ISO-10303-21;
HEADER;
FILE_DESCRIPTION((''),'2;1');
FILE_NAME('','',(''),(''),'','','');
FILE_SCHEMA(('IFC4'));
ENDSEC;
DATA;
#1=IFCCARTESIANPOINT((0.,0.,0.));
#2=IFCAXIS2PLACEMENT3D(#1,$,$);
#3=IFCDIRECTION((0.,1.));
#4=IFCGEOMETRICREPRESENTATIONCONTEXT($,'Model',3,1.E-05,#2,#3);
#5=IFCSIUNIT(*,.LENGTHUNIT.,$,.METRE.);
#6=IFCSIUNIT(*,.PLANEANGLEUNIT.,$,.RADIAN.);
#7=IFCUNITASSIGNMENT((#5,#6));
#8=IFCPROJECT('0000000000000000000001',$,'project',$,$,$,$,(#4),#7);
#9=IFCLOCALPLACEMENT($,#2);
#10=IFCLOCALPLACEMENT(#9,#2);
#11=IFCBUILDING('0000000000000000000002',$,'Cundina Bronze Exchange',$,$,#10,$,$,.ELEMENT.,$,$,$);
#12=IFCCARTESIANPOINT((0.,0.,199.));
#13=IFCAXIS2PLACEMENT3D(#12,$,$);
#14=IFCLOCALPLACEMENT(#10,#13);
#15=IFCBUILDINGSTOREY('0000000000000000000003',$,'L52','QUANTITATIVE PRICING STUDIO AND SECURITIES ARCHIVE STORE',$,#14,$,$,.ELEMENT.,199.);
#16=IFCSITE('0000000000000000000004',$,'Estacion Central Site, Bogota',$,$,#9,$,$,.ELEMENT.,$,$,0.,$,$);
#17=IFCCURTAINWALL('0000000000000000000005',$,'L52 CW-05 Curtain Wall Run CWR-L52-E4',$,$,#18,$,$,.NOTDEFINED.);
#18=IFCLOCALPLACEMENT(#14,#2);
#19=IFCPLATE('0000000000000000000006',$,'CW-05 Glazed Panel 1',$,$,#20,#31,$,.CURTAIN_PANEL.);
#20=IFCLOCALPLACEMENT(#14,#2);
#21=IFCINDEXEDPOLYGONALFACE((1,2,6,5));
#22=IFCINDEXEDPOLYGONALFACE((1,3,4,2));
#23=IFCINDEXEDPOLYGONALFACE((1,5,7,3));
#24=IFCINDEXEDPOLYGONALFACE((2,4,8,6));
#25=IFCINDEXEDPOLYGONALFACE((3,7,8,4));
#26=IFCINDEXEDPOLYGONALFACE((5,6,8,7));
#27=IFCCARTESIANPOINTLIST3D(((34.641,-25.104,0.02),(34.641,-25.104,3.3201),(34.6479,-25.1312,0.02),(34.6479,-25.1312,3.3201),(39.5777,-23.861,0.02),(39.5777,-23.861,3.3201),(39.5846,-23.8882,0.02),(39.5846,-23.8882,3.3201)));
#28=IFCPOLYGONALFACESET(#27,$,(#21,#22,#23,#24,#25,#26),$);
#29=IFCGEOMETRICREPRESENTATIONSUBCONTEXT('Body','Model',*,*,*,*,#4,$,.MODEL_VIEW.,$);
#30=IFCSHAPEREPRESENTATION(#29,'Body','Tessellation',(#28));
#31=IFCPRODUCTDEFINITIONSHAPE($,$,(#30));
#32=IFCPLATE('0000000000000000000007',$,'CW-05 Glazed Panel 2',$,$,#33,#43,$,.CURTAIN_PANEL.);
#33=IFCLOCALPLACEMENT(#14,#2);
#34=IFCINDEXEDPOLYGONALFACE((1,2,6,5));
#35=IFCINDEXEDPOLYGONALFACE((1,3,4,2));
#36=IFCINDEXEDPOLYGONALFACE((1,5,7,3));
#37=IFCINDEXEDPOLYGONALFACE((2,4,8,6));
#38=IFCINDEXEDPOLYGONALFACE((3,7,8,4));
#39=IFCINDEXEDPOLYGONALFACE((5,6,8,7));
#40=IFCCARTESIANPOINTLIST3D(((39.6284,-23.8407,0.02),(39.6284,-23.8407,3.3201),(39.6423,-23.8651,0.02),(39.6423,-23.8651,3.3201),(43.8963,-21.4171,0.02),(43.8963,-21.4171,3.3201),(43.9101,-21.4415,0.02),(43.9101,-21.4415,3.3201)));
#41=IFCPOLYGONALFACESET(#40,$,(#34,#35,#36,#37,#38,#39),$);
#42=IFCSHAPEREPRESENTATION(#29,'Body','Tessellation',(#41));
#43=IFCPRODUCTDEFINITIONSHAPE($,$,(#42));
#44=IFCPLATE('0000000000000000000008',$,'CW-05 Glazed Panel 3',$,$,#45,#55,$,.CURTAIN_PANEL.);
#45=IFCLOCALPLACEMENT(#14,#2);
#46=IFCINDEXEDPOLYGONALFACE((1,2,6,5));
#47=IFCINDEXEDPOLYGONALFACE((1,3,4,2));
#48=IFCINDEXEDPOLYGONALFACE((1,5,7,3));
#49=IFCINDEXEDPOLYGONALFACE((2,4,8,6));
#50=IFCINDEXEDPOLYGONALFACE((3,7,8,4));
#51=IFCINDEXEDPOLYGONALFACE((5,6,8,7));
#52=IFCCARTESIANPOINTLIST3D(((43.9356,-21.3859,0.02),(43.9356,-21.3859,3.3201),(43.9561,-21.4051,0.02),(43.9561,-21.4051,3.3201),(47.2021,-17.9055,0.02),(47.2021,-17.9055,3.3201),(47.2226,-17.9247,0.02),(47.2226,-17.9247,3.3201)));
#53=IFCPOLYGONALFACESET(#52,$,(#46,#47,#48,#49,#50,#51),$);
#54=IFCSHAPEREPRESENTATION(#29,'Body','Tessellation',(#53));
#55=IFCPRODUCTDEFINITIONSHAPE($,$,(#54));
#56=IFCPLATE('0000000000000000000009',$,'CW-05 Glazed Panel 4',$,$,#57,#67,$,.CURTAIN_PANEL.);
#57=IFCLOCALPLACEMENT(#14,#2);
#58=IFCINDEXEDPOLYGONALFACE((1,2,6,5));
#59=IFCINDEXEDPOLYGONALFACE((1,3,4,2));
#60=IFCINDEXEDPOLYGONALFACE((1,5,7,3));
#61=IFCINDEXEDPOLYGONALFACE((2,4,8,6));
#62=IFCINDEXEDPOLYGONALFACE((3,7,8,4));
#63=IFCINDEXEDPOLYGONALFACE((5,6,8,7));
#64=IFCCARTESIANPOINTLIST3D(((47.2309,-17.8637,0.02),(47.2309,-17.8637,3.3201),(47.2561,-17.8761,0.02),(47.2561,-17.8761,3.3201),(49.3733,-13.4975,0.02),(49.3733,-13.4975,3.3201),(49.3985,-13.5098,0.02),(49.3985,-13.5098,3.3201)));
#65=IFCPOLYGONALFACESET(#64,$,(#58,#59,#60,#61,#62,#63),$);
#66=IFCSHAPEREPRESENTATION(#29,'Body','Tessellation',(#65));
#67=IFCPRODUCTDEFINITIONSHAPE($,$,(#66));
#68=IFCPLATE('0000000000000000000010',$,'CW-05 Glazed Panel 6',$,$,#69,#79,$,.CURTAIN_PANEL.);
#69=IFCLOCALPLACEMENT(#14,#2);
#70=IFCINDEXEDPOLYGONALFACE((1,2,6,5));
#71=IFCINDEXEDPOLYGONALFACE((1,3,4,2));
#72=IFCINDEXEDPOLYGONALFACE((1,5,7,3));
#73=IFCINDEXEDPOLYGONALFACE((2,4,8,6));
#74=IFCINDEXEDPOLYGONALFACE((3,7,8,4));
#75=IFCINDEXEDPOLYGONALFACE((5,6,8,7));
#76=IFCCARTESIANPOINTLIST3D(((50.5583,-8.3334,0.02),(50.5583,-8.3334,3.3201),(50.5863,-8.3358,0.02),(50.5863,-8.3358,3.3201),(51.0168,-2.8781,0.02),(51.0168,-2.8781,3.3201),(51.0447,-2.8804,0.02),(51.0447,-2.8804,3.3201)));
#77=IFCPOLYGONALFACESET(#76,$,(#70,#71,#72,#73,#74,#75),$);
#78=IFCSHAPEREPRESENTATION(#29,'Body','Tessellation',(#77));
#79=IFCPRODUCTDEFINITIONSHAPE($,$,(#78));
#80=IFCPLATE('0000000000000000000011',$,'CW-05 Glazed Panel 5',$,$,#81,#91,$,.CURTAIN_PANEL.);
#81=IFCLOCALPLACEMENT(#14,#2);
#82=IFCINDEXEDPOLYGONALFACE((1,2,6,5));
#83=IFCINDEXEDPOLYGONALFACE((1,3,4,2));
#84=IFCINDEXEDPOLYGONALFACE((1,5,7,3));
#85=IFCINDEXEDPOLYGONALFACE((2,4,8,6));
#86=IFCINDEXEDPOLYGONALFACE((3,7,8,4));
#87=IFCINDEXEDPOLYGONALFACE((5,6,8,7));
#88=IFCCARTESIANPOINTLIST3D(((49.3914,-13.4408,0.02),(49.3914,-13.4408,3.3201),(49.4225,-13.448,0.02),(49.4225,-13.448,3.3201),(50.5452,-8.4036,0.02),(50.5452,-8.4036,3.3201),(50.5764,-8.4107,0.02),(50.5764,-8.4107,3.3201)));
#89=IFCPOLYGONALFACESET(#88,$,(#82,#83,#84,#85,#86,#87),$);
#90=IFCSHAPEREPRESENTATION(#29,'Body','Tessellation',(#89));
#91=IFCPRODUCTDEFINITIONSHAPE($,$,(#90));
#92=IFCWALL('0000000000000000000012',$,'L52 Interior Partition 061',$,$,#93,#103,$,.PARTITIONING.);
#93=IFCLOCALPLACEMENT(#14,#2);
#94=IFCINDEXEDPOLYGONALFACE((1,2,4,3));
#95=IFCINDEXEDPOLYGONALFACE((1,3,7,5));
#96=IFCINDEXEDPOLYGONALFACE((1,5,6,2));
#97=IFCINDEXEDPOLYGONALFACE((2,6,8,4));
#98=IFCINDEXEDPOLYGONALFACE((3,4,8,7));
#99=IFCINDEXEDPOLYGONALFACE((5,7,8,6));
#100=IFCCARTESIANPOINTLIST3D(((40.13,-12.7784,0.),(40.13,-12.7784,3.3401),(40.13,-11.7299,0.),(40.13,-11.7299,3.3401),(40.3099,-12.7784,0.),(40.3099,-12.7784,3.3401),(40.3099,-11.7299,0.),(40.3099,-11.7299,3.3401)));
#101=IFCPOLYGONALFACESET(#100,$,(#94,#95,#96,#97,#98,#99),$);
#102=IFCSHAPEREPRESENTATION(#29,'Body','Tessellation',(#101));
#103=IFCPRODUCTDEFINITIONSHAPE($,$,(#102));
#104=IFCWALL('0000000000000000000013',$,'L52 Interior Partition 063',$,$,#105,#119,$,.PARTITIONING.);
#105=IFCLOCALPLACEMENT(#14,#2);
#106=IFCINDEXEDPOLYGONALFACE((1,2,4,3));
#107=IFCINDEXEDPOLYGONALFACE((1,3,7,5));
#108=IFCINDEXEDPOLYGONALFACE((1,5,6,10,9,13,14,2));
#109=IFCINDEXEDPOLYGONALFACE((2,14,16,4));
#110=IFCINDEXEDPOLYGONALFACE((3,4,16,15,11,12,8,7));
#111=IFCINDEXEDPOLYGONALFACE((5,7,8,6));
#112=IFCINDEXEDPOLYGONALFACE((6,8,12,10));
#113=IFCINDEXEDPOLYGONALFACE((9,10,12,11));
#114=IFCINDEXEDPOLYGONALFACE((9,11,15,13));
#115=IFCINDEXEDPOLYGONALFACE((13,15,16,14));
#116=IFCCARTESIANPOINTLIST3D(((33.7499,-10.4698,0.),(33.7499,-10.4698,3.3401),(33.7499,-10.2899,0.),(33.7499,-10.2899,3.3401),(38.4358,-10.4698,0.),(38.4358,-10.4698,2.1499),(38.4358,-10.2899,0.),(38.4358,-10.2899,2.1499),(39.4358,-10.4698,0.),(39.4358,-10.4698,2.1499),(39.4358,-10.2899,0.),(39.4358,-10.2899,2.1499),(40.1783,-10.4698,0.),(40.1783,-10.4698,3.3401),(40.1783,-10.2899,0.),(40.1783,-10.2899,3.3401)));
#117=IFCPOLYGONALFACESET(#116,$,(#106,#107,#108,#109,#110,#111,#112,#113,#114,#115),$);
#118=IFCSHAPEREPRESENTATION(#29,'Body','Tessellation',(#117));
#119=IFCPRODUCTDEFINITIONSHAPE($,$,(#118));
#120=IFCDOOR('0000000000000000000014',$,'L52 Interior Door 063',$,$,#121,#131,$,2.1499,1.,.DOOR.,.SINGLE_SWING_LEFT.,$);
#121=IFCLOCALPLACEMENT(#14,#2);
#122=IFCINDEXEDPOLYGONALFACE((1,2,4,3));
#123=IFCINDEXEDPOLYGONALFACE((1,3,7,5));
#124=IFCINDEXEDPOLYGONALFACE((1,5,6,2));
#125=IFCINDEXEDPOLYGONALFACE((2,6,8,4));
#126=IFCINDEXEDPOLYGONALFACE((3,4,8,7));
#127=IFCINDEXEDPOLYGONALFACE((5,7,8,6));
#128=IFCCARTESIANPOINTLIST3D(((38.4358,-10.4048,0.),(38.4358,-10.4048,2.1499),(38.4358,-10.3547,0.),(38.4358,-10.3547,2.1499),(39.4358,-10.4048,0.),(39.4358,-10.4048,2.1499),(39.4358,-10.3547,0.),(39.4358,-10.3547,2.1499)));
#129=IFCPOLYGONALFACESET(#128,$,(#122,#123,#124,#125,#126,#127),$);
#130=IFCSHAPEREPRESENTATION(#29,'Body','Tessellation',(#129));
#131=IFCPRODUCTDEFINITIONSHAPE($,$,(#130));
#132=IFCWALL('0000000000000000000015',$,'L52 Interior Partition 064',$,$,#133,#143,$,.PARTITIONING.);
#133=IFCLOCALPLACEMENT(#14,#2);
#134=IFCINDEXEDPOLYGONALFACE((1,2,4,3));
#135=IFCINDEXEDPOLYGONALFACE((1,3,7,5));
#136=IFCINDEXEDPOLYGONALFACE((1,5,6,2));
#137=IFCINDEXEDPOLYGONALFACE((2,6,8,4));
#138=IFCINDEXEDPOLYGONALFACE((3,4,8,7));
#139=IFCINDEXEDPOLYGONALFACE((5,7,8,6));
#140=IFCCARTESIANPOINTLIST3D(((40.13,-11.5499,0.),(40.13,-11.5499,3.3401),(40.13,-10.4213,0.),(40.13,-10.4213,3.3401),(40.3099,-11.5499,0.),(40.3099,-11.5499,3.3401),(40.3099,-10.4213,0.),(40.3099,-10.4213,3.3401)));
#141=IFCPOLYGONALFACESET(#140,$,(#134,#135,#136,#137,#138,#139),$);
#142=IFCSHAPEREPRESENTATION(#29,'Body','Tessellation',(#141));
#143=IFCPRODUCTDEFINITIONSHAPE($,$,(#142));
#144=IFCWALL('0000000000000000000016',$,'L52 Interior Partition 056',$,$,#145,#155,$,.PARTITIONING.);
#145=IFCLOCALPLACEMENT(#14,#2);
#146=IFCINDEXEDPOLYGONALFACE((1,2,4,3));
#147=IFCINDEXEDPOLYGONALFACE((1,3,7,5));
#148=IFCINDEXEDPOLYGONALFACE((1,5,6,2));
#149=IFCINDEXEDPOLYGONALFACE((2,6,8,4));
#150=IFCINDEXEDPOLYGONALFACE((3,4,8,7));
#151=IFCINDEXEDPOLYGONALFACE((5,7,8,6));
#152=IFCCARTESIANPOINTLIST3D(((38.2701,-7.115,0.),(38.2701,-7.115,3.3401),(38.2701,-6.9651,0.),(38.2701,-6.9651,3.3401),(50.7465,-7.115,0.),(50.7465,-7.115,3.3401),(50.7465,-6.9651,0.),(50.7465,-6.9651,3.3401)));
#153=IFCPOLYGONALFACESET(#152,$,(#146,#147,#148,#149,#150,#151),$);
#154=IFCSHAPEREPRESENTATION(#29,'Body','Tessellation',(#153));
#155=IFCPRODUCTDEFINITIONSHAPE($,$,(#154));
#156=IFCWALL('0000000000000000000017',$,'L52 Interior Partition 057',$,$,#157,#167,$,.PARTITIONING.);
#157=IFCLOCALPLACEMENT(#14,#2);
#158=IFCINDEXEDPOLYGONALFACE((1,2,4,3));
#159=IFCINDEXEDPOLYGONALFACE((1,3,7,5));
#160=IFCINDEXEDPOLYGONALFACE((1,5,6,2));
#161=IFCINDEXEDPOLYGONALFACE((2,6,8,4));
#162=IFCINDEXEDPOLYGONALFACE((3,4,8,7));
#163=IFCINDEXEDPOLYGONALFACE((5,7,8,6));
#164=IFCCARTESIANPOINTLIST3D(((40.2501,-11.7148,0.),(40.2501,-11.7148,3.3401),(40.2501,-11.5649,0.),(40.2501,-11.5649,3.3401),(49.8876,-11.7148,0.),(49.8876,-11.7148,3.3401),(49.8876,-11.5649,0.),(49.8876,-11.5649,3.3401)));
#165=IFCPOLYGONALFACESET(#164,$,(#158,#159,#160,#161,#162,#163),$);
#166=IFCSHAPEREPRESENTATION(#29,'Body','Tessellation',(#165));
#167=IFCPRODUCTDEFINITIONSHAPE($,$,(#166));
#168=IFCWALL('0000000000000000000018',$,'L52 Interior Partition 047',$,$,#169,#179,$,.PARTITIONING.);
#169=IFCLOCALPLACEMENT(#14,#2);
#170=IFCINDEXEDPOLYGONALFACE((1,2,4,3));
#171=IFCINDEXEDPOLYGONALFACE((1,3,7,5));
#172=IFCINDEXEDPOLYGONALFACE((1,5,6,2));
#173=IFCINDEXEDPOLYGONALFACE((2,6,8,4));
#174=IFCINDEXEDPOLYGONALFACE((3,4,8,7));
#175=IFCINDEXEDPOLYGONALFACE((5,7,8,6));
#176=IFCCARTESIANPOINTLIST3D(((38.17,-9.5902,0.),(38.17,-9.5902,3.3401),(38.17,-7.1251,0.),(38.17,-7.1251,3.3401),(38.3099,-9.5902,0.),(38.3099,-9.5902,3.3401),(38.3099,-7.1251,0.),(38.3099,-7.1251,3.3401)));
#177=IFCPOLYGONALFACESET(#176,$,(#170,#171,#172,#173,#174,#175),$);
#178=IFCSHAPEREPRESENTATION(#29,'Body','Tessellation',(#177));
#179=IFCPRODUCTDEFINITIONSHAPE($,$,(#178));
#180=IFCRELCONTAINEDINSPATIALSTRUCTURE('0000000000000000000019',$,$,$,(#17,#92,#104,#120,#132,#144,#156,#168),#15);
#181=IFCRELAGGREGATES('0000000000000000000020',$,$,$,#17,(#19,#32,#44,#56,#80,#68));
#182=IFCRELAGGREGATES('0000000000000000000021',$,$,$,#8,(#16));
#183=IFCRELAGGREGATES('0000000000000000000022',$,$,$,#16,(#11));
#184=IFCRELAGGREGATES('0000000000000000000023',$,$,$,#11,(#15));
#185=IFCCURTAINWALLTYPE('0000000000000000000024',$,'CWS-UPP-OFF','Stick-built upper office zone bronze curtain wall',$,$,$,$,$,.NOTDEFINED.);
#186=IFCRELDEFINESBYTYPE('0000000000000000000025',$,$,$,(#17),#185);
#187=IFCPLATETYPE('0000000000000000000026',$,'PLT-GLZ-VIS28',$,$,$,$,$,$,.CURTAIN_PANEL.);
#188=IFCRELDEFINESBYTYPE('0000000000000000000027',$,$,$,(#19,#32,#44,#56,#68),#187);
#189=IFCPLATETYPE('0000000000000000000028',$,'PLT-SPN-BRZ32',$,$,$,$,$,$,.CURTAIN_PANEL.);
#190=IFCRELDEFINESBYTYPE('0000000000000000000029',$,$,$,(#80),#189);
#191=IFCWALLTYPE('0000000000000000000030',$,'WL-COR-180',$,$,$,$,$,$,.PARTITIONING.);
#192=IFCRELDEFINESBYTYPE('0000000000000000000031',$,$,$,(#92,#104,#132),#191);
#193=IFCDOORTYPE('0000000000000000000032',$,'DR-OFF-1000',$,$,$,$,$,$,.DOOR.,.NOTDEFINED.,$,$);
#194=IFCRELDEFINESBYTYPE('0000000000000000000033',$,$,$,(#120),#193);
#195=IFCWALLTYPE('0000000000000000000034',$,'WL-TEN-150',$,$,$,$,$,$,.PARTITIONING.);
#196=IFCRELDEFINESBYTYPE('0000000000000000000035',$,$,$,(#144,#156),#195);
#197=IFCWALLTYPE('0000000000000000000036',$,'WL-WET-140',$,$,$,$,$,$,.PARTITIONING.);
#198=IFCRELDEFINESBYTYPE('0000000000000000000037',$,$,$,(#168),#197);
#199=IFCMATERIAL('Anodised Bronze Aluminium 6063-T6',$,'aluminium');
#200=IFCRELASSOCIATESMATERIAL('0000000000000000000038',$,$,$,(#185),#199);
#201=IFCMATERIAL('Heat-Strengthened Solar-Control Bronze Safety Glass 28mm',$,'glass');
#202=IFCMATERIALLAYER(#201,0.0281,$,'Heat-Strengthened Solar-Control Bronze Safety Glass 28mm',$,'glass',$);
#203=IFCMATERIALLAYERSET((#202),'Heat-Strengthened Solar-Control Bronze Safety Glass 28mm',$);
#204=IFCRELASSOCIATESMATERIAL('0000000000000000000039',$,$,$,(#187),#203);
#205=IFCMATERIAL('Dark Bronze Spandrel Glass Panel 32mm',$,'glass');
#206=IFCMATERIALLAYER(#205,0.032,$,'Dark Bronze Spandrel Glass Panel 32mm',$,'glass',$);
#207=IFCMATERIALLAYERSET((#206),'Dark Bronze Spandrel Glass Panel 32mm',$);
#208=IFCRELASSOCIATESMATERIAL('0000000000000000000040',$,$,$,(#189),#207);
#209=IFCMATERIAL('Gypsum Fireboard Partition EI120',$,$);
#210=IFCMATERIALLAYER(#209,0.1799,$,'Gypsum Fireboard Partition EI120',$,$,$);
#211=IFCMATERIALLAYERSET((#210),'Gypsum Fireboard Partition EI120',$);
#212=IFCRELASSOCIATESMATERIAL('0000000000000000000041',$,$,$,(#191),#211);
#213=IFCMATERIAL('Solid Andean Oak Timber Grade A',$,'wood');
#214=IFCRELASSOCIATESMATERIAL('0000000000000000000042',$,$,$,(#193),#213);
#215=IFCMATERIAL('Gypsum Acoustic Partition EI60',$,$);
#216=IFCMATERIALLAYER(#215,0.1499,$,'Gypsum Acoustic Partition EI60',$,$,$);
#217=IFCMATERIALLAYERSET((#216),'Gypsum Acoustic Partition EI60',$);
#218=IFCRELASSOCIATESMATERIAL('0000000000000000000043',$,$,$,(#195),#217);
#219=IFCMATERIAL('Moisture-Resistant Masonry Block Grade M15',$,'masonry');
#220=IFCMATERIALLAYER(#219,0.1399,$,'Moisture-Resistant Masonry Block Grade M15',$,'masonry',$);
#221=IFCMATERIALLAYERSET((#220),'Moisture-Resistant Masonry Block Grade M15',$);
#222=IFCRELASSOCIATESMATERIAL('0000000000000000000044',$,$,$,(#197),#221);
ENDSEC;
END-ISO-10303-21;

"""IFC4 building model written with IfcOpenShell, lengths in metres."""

from ifc_helpers import new_model, si_unit, direction, frame, frame_2d, origin, origin_2d, place, context, subcontext, project, spatial, rectangle, extrude, material, layer, layer_set, type_object, element, fill, aggregate, save


model = new_model("IFC4")

# Units and contexts
model_context = context("Model", 3, precision=1e-05, world=origin(), true_north=direction((0.0, 1.0)))
body_context = subcontext(model_context, "Body", "Model", "MODEL_VIEW")
ifc_project = project(units=[si_unit("LENGTHUNIT", "METRE"), si_unit("PLANEANGLEUNIT", "RADIAN")], contexts=[model_context])

# Site, building, storey
site_placement = place(None, origin())
site = spatial("IfcSite", under=ifc_project, at=site_placement, Name="Estacion Central Site, Bogota", CompositionType="ELEMENT", RefElevation=0.0)
building_placement = place(site_placement, origin())
building = spatial("IfcBuilding", under=site, at=building_placement, Name="Cundina Bronze Exchange", CompositionType="ELEMENT")
storey_placement = place(building_placement, frame((0.0, 0.0, 199.0)))
storey = spatial("IfcBuildingStorey", under=building, at=storey_placement, Name="L52", Description="QUANTITATIVE PRICING STUDIO AND SECURITIES ARCHIVE STORE", CompositionType="ELEMENT", Elevation=199.0)

# Curtain wall, plates
ifc_material_1 = material(Name="Anodised Bronze Aluminium 6063-T6", Category="aluminium")
curtain_wall_type = type_object("IfcCurtainWallType", Name="CWS-UPP-OFF", Description="Stick-built upper office zone bronze curtain wall", PredefinedType="NOTDEFINED", material=ifc_material_1)
curtain_wall_placement = place(storey_placement, origin())
curtain_wall = element("IfcCurtainWall", 1, at=curtain_wall_placement, inside=storey, type_object=curtain_wall_type, Name="L52 CW-05 Curtain Wall Run CWR-L52-E4", PredefinedType="NOTDEFINED")
ifc_material_2 = material(Name="Heat-Strengthened Solar-Control Bronze Safety Glass 28mm", Category="glass")
ifc_layer_1 = layer(ifc_material_2, 0.0281, Name="Heat-Strengthened Solar-Control Bronze Safety Glass 28mm", Category="glass")
ifc_layer_set_1 = layer_set([ifc_layer_1], Name="Heat-Strengthened Solar-Control Bronze Safety Glass 28mm")
plate_type_1 = type_object("IfcPlateType", Name="PLT-GLZ-VIS28", PredefinedType="CURTAIN_PANEL", material=ifc_layer_set_1)
plate_1_placement = place(storey_placement, frame((37.1128, -24.4961, 0.02), z_axis=(0.0, 0.0, 1.0), x_axis=(0.969732, 0.244174, 0.0)))
plate_1 = element("IfcPlate", 2, at=plate_1_placement, type_object=plate_type_1, Name="CW-05 Glazed Panel 1", PredefinedType="CURTAIN_PANEL", context=body_context, shape_type="SweptSolid", body=[
    extrude(rectangle(XDim=5.0908, YDim=0.0281, at=origin_2d()), origin(), (0.0, 0.0, 1.0), 3.3),
])
plate_2_placement = place(storey_placement, frame((41.7693, -22.6411, 0.02), z_axis=(0.0, 0.0, 1.0), x_axis=(0.869573, 0.493805, 0.0)))
plate_2 = element("IfcPlate", 3, at=plate_2_placement, type_object=plate_type_1, Name="CW-05 Glazed Panel 2", PredefinedType="CURTAIN_PANEL", context=body_context, shape_type="SweptSolid", body=[
    extrude(rectangle(XDim=4.908, YDim=0.0281, at=origin_2d()), origin(), (0.0, 0.0, 1.0), 3.3),
])
plate_3_placement = place(storey_placement, frame((45.5791, -19.6553, 0.02), z_axis=(0.0, 0.0, 1.0), x_axis=(0.684344, 0.72916, 0.0)))
plate_3 = element("IfcPlate", 4, at=plate_3_placement, type_object=plate_type_1, Name="CW-05 Glazed Panel 3", PredefinedType="CURTAIN_PANEL", context=body_context, shape_type="SweptSolid", body=[
    extrude(rectangle(XDim=4.7732, YDim=0.0281, at=origin_2d()), origin(), (0.0, 0.0, 1.0), 3.3),
])
plate_4_placement = place(storey_placement, frame((48.3147, -15.6868, 0.02), z_axis=(0.0, 0.0, 1.0), x_axis=(0.440503, 0.897751, 0.0)))
plate_4 = element("IfcPlate", 5, at=plate_4_placement, type_object=plate_type_1, Name="CW-05 Glazed Panel 4", PredefinedType="CURTAIN_PANEL", context=body_context, shape_type="SweptSolid", body=[
    extrude(rectangle(XDim=4.8635, YDim=0.0281, at=origin_2d()), origin(), (0.0, 0.0, 1.0), 3.3),
])
plate_5_placement = place(storey_placement, frame((50.8015, -5.6069, 0.02), z_axis=(0.0, 0.0, 1.0), x_axis=(0.083747, 0.996487, 0.0)))
plate_5 = element("IfcPlate", 6, at=plate_5_placement, type_object=plate_type_1, Name="CW-05 Glazed Panel 6", PredefinedType="CURTAIN_PANEL", context=body_context, shape_type="SweptSolid", body=[
    extrude(rectangle(XDim=5.4746, YDim=0.0281, at=origin_2d()), origin(), (0.0, 0.0, 1.0), 3.3),
])
ifc_material_3 = material(Name="Dark Bronze Spandrel Glass Panel 32mm", Category="glass")
ifc_layer_2 = layer(ifc_material_3, 0.032, Name="Dark Bronze Spandrel Glass Panel 32mm", Category="glass")
ifc_layer_set_2 = layer_set([ifc_layer_2], Name="Dark Bronze Spandrel Glass Panel 32mm")
plate_type_2 = type_object("IfcPlateType", Name="PLT-SPN-BRZ32", PredefinedType="CURTAIN_PANEL", material=ifc_layer_set_2)
plate_6_placement = place(storey_placement, frame((49.9839, -10.9258, 0.02), z_axis=(0.0, 0.0, 1.0), x_axis=(0.223284, 0.974753, 0.0)))
plate_6 = element("IfcPlate", 7, at=plate_6_placement, type_object=plate_type_2, Name="CW-05 Glazed Panel 5", PredefinedType="CURTAIN_PANEL", context=body_context, shape_type="SweptSolid", body=[
    extrude(rectangle(XDim=5.1677, YDim=0.032, at=origin_2d()), origin(), (0.0, 0.0, 1.0), 3.3),
])
aggregate(curtain_wall, [plate_1, plate_2, plate_3, plate_4, plate_6, plate_5])

# Wall
ifc_material_4 = material(Name="Gypsum Fireboard Partition EI120")
ifc_layer_3 = layer(ifc_material_4, 0.1799, Name="Gypsum Fireboard Partition EI120")
ifc_layer_set_3 = layer_set([ifc_layer_3], Name="Gypsum Fireboard Partition EI120")
wall_type_1 = type_object("IfcWallType", Name="WL-COR-180", PredefinedType="PARTITIONING", material=ifc_layer_set_3)
wall_1_placement = place(storey_placement, frame((40.22, -12.7786, 0.0), z_axis=(0.0, 0.0, 1.0), x_axis=(0.0, 1.0, 0.0)))
element("IfcWall", 8, at=wall_1_placement, inside=storey, type_object=wall_type_1, Name="L52 Interior Partition 061", PredefinedType="PARTITIONING", context=body_context, shape_type="SweptSolid", body=[
    extrude(rectangle(XDim=1.0486, YDim=0.1799, at=frame_2d((0.5244, 0.0))), origin(), (0.0, 0.0, 1.0), 3.3401),
])

# Wall, opening, door
wall_2_placement = place(storey_placement, frame((40.1785, -10.3799, 0.0), z_axis=(0.0, 0.0, 1.0), x_axis=(-1.0, 0.0, 0.0)))
wall_2 = element("IfcWall", 9, at=wall_2_placement, inside=storey, type_object=wall_type_1, Name="L52 Interior Partition 063", PredefinedType="PARTITIONING", context=body_context, shape_type="SweptSolid", body=[
    extrude(rectangle(XDim=6.4285, YDim=0.1799, at=frame_2d((3.2144, 0.0))), origin(), (0.0, 0.0, 1.0), 3.3401),
])
opening_placement = place(wall_2_placement, frame((0.7427, 0.0, 0.0)))
opening = element("IfcOpeningElement", 10, at=opening_placement, cuts=wall_2, PredefinedType="OPENING", context=body_context, shape_type="SweptSolid", body=[
    extrude(rectangle(XDim=1.0, YDim=2.1499, at=frame_2d((0.5, 1.075))), frame((0.0, 0.0999, 0.0), z_axis=(0.0, -1.0, 0.0), x_axis=(1.0, 0.0, 0.0)), (0.0, 0.0, 1.0), 0.2),
])
ifc_material_5 = material(Name="Solid Andean Oak Timber Grade A", Category="wood")
door_type = type_object("IfcDoorType", Name="DR-OFF-1000", OperationType="NOTDEFINED", PredefinedType="DOOR", material=ifc_material_5)
door_placement = place(opening_placement, origin())
door = element("IfcDoor", 11, at=door_placement, inside=storey, type_object=door_type, Name="L52 Interior Door 063", OperationType="SINGLE_SWING_LEFT", OverallHeight=2.1499, OverallWidth=1.0, PredefinedType="DOOR", context=body_context, shape_type="SweptSolid", body=[
    extrude(rectangle(XDim=1.0, YDim=2.1499, at=frame_2d((0.5, 1.075))), frame((0.0, 0.0249, 0.0), z_axis=(0.0, -1.0, 0.0), x_axis=(1.0, 0.0, 0.0)), (0.0, 0.0, 1.0), 0.05),
])
fill(opening, door)

# Walls
wall_3_placement = place(storey_placement, frame((40.22, -11.55, 0.0), z_axis=(0.0, 0.0, 1.0), x_axis=(0.0, 1.0, 0.0)))
element("IfcWall", 12, at=wall_3_placement, inside=storey, type_object=wall_type_1, Name="L52 Interior Partition 064", PredefinedType="PARTITIONING", context=body_context, shape_type="SweptSolid", body=[
    extrude(rectangle(XDim=1.1287, YDim=0.1799, at=frame_2d((0.5645, 0.0))), origin(), (0.0, 0.0, 1.0), 3.3401),
])
ifc_material_6 = material(Name="Gypsum Acoustic Partition EI60")
ifc_layer_4 = layer(ifc_material_6, 0.1499, Name="Gypsum Acoustic Partition EI60")
ifc_layer_set_4 = layer_set([ifc_layer_4], Name="Gypsum Acoustic Partition EI60")
wall_type_2 = type_object("IfcWallType", Name="WL-TEN-150", PredefinedType="PARTITIONING", material=ifc_layer_set_4)
wall_4_placement = place(storey_placement, frame((38.27, -7.04, 0.0), z_axis=(0.0, 0.0, 1.0), x_axis=(1.0, 0.0, 0.0)))
element("IfcWall", 13, at=wall_4_placement, inside=storey, type_object=wall_type_2, Name="L52 Interior Partition 056", PredefinedType="PARTITIONING", context=body_context, shape_type="SweptSolid", body=[
    extrude(rectangle(XDim=12.4763, YDim=0.1499, at=frame_2d((6.2383, 0.0))), origin(), (0.0, 0.0, 1.0), 3.3401),
])
wall_5_placement = place(storey_placement, frame((40.25, -11.6399, 0.0), z_axis=(0.0, 0.0, 1.0), x_axis=(1.0, 0.0, 0.0)))
element("IfcWall", 14, at=wall_5_placement, inside=storey, type_object=wall_type_2, Name="L52 Interior Partition 057", PredefinedType="PARTITIONING", context=body_context, shape_type="SweptSolid", body=[
    extrude(rectangle(XDim=9.6375, YDim=0.1499, at=frame_2d((4.8188, 0.0))), origin(), (0.0, 0.0, 1.0), 3.3401),
])
ifc_material_7 = material(Name="Moisture-Resistant Masonry Block Grade M15", Category="masonry")
ifc_layer_5 = layer(ifc_material_7, 0.1399, Name="Moisture-Resistant Masonry Block Grade M15", Category="masonry")
ifc_layer_set_5 = layer_set([ifc_layer_5], Name="Moisture-Resistant Masonry Block Grade M15")
wall_type_3 = type_object("IfcWallType", Name="WL-WET-140", PredefinedType="PARTITIONING", material=ifc_layer_set_5)
wall_6_placement = place(storey_placement, frame((38.24, -9.5901, 0.0), z_axis=(0.0, 0.0, 1.0), x_axis=(0.0, 1.0, 0.0)))
element("IfcWall", 15, at=wall_6_placement, inside=storey, type_object=wall_type_3, Name="L52 Interior Partition 047", PredefinedType="PARTITIONING", context=body_context, shape_type="SweptSolid", body=[
    extrude(rectangle(XDim=2.4651, YDim=0.1399, at=frame_2d((1.2324, 0.0))), origin(), (0.0, 0.0, 1.0), 3.3401),
])

save(model, "model.ifc")
